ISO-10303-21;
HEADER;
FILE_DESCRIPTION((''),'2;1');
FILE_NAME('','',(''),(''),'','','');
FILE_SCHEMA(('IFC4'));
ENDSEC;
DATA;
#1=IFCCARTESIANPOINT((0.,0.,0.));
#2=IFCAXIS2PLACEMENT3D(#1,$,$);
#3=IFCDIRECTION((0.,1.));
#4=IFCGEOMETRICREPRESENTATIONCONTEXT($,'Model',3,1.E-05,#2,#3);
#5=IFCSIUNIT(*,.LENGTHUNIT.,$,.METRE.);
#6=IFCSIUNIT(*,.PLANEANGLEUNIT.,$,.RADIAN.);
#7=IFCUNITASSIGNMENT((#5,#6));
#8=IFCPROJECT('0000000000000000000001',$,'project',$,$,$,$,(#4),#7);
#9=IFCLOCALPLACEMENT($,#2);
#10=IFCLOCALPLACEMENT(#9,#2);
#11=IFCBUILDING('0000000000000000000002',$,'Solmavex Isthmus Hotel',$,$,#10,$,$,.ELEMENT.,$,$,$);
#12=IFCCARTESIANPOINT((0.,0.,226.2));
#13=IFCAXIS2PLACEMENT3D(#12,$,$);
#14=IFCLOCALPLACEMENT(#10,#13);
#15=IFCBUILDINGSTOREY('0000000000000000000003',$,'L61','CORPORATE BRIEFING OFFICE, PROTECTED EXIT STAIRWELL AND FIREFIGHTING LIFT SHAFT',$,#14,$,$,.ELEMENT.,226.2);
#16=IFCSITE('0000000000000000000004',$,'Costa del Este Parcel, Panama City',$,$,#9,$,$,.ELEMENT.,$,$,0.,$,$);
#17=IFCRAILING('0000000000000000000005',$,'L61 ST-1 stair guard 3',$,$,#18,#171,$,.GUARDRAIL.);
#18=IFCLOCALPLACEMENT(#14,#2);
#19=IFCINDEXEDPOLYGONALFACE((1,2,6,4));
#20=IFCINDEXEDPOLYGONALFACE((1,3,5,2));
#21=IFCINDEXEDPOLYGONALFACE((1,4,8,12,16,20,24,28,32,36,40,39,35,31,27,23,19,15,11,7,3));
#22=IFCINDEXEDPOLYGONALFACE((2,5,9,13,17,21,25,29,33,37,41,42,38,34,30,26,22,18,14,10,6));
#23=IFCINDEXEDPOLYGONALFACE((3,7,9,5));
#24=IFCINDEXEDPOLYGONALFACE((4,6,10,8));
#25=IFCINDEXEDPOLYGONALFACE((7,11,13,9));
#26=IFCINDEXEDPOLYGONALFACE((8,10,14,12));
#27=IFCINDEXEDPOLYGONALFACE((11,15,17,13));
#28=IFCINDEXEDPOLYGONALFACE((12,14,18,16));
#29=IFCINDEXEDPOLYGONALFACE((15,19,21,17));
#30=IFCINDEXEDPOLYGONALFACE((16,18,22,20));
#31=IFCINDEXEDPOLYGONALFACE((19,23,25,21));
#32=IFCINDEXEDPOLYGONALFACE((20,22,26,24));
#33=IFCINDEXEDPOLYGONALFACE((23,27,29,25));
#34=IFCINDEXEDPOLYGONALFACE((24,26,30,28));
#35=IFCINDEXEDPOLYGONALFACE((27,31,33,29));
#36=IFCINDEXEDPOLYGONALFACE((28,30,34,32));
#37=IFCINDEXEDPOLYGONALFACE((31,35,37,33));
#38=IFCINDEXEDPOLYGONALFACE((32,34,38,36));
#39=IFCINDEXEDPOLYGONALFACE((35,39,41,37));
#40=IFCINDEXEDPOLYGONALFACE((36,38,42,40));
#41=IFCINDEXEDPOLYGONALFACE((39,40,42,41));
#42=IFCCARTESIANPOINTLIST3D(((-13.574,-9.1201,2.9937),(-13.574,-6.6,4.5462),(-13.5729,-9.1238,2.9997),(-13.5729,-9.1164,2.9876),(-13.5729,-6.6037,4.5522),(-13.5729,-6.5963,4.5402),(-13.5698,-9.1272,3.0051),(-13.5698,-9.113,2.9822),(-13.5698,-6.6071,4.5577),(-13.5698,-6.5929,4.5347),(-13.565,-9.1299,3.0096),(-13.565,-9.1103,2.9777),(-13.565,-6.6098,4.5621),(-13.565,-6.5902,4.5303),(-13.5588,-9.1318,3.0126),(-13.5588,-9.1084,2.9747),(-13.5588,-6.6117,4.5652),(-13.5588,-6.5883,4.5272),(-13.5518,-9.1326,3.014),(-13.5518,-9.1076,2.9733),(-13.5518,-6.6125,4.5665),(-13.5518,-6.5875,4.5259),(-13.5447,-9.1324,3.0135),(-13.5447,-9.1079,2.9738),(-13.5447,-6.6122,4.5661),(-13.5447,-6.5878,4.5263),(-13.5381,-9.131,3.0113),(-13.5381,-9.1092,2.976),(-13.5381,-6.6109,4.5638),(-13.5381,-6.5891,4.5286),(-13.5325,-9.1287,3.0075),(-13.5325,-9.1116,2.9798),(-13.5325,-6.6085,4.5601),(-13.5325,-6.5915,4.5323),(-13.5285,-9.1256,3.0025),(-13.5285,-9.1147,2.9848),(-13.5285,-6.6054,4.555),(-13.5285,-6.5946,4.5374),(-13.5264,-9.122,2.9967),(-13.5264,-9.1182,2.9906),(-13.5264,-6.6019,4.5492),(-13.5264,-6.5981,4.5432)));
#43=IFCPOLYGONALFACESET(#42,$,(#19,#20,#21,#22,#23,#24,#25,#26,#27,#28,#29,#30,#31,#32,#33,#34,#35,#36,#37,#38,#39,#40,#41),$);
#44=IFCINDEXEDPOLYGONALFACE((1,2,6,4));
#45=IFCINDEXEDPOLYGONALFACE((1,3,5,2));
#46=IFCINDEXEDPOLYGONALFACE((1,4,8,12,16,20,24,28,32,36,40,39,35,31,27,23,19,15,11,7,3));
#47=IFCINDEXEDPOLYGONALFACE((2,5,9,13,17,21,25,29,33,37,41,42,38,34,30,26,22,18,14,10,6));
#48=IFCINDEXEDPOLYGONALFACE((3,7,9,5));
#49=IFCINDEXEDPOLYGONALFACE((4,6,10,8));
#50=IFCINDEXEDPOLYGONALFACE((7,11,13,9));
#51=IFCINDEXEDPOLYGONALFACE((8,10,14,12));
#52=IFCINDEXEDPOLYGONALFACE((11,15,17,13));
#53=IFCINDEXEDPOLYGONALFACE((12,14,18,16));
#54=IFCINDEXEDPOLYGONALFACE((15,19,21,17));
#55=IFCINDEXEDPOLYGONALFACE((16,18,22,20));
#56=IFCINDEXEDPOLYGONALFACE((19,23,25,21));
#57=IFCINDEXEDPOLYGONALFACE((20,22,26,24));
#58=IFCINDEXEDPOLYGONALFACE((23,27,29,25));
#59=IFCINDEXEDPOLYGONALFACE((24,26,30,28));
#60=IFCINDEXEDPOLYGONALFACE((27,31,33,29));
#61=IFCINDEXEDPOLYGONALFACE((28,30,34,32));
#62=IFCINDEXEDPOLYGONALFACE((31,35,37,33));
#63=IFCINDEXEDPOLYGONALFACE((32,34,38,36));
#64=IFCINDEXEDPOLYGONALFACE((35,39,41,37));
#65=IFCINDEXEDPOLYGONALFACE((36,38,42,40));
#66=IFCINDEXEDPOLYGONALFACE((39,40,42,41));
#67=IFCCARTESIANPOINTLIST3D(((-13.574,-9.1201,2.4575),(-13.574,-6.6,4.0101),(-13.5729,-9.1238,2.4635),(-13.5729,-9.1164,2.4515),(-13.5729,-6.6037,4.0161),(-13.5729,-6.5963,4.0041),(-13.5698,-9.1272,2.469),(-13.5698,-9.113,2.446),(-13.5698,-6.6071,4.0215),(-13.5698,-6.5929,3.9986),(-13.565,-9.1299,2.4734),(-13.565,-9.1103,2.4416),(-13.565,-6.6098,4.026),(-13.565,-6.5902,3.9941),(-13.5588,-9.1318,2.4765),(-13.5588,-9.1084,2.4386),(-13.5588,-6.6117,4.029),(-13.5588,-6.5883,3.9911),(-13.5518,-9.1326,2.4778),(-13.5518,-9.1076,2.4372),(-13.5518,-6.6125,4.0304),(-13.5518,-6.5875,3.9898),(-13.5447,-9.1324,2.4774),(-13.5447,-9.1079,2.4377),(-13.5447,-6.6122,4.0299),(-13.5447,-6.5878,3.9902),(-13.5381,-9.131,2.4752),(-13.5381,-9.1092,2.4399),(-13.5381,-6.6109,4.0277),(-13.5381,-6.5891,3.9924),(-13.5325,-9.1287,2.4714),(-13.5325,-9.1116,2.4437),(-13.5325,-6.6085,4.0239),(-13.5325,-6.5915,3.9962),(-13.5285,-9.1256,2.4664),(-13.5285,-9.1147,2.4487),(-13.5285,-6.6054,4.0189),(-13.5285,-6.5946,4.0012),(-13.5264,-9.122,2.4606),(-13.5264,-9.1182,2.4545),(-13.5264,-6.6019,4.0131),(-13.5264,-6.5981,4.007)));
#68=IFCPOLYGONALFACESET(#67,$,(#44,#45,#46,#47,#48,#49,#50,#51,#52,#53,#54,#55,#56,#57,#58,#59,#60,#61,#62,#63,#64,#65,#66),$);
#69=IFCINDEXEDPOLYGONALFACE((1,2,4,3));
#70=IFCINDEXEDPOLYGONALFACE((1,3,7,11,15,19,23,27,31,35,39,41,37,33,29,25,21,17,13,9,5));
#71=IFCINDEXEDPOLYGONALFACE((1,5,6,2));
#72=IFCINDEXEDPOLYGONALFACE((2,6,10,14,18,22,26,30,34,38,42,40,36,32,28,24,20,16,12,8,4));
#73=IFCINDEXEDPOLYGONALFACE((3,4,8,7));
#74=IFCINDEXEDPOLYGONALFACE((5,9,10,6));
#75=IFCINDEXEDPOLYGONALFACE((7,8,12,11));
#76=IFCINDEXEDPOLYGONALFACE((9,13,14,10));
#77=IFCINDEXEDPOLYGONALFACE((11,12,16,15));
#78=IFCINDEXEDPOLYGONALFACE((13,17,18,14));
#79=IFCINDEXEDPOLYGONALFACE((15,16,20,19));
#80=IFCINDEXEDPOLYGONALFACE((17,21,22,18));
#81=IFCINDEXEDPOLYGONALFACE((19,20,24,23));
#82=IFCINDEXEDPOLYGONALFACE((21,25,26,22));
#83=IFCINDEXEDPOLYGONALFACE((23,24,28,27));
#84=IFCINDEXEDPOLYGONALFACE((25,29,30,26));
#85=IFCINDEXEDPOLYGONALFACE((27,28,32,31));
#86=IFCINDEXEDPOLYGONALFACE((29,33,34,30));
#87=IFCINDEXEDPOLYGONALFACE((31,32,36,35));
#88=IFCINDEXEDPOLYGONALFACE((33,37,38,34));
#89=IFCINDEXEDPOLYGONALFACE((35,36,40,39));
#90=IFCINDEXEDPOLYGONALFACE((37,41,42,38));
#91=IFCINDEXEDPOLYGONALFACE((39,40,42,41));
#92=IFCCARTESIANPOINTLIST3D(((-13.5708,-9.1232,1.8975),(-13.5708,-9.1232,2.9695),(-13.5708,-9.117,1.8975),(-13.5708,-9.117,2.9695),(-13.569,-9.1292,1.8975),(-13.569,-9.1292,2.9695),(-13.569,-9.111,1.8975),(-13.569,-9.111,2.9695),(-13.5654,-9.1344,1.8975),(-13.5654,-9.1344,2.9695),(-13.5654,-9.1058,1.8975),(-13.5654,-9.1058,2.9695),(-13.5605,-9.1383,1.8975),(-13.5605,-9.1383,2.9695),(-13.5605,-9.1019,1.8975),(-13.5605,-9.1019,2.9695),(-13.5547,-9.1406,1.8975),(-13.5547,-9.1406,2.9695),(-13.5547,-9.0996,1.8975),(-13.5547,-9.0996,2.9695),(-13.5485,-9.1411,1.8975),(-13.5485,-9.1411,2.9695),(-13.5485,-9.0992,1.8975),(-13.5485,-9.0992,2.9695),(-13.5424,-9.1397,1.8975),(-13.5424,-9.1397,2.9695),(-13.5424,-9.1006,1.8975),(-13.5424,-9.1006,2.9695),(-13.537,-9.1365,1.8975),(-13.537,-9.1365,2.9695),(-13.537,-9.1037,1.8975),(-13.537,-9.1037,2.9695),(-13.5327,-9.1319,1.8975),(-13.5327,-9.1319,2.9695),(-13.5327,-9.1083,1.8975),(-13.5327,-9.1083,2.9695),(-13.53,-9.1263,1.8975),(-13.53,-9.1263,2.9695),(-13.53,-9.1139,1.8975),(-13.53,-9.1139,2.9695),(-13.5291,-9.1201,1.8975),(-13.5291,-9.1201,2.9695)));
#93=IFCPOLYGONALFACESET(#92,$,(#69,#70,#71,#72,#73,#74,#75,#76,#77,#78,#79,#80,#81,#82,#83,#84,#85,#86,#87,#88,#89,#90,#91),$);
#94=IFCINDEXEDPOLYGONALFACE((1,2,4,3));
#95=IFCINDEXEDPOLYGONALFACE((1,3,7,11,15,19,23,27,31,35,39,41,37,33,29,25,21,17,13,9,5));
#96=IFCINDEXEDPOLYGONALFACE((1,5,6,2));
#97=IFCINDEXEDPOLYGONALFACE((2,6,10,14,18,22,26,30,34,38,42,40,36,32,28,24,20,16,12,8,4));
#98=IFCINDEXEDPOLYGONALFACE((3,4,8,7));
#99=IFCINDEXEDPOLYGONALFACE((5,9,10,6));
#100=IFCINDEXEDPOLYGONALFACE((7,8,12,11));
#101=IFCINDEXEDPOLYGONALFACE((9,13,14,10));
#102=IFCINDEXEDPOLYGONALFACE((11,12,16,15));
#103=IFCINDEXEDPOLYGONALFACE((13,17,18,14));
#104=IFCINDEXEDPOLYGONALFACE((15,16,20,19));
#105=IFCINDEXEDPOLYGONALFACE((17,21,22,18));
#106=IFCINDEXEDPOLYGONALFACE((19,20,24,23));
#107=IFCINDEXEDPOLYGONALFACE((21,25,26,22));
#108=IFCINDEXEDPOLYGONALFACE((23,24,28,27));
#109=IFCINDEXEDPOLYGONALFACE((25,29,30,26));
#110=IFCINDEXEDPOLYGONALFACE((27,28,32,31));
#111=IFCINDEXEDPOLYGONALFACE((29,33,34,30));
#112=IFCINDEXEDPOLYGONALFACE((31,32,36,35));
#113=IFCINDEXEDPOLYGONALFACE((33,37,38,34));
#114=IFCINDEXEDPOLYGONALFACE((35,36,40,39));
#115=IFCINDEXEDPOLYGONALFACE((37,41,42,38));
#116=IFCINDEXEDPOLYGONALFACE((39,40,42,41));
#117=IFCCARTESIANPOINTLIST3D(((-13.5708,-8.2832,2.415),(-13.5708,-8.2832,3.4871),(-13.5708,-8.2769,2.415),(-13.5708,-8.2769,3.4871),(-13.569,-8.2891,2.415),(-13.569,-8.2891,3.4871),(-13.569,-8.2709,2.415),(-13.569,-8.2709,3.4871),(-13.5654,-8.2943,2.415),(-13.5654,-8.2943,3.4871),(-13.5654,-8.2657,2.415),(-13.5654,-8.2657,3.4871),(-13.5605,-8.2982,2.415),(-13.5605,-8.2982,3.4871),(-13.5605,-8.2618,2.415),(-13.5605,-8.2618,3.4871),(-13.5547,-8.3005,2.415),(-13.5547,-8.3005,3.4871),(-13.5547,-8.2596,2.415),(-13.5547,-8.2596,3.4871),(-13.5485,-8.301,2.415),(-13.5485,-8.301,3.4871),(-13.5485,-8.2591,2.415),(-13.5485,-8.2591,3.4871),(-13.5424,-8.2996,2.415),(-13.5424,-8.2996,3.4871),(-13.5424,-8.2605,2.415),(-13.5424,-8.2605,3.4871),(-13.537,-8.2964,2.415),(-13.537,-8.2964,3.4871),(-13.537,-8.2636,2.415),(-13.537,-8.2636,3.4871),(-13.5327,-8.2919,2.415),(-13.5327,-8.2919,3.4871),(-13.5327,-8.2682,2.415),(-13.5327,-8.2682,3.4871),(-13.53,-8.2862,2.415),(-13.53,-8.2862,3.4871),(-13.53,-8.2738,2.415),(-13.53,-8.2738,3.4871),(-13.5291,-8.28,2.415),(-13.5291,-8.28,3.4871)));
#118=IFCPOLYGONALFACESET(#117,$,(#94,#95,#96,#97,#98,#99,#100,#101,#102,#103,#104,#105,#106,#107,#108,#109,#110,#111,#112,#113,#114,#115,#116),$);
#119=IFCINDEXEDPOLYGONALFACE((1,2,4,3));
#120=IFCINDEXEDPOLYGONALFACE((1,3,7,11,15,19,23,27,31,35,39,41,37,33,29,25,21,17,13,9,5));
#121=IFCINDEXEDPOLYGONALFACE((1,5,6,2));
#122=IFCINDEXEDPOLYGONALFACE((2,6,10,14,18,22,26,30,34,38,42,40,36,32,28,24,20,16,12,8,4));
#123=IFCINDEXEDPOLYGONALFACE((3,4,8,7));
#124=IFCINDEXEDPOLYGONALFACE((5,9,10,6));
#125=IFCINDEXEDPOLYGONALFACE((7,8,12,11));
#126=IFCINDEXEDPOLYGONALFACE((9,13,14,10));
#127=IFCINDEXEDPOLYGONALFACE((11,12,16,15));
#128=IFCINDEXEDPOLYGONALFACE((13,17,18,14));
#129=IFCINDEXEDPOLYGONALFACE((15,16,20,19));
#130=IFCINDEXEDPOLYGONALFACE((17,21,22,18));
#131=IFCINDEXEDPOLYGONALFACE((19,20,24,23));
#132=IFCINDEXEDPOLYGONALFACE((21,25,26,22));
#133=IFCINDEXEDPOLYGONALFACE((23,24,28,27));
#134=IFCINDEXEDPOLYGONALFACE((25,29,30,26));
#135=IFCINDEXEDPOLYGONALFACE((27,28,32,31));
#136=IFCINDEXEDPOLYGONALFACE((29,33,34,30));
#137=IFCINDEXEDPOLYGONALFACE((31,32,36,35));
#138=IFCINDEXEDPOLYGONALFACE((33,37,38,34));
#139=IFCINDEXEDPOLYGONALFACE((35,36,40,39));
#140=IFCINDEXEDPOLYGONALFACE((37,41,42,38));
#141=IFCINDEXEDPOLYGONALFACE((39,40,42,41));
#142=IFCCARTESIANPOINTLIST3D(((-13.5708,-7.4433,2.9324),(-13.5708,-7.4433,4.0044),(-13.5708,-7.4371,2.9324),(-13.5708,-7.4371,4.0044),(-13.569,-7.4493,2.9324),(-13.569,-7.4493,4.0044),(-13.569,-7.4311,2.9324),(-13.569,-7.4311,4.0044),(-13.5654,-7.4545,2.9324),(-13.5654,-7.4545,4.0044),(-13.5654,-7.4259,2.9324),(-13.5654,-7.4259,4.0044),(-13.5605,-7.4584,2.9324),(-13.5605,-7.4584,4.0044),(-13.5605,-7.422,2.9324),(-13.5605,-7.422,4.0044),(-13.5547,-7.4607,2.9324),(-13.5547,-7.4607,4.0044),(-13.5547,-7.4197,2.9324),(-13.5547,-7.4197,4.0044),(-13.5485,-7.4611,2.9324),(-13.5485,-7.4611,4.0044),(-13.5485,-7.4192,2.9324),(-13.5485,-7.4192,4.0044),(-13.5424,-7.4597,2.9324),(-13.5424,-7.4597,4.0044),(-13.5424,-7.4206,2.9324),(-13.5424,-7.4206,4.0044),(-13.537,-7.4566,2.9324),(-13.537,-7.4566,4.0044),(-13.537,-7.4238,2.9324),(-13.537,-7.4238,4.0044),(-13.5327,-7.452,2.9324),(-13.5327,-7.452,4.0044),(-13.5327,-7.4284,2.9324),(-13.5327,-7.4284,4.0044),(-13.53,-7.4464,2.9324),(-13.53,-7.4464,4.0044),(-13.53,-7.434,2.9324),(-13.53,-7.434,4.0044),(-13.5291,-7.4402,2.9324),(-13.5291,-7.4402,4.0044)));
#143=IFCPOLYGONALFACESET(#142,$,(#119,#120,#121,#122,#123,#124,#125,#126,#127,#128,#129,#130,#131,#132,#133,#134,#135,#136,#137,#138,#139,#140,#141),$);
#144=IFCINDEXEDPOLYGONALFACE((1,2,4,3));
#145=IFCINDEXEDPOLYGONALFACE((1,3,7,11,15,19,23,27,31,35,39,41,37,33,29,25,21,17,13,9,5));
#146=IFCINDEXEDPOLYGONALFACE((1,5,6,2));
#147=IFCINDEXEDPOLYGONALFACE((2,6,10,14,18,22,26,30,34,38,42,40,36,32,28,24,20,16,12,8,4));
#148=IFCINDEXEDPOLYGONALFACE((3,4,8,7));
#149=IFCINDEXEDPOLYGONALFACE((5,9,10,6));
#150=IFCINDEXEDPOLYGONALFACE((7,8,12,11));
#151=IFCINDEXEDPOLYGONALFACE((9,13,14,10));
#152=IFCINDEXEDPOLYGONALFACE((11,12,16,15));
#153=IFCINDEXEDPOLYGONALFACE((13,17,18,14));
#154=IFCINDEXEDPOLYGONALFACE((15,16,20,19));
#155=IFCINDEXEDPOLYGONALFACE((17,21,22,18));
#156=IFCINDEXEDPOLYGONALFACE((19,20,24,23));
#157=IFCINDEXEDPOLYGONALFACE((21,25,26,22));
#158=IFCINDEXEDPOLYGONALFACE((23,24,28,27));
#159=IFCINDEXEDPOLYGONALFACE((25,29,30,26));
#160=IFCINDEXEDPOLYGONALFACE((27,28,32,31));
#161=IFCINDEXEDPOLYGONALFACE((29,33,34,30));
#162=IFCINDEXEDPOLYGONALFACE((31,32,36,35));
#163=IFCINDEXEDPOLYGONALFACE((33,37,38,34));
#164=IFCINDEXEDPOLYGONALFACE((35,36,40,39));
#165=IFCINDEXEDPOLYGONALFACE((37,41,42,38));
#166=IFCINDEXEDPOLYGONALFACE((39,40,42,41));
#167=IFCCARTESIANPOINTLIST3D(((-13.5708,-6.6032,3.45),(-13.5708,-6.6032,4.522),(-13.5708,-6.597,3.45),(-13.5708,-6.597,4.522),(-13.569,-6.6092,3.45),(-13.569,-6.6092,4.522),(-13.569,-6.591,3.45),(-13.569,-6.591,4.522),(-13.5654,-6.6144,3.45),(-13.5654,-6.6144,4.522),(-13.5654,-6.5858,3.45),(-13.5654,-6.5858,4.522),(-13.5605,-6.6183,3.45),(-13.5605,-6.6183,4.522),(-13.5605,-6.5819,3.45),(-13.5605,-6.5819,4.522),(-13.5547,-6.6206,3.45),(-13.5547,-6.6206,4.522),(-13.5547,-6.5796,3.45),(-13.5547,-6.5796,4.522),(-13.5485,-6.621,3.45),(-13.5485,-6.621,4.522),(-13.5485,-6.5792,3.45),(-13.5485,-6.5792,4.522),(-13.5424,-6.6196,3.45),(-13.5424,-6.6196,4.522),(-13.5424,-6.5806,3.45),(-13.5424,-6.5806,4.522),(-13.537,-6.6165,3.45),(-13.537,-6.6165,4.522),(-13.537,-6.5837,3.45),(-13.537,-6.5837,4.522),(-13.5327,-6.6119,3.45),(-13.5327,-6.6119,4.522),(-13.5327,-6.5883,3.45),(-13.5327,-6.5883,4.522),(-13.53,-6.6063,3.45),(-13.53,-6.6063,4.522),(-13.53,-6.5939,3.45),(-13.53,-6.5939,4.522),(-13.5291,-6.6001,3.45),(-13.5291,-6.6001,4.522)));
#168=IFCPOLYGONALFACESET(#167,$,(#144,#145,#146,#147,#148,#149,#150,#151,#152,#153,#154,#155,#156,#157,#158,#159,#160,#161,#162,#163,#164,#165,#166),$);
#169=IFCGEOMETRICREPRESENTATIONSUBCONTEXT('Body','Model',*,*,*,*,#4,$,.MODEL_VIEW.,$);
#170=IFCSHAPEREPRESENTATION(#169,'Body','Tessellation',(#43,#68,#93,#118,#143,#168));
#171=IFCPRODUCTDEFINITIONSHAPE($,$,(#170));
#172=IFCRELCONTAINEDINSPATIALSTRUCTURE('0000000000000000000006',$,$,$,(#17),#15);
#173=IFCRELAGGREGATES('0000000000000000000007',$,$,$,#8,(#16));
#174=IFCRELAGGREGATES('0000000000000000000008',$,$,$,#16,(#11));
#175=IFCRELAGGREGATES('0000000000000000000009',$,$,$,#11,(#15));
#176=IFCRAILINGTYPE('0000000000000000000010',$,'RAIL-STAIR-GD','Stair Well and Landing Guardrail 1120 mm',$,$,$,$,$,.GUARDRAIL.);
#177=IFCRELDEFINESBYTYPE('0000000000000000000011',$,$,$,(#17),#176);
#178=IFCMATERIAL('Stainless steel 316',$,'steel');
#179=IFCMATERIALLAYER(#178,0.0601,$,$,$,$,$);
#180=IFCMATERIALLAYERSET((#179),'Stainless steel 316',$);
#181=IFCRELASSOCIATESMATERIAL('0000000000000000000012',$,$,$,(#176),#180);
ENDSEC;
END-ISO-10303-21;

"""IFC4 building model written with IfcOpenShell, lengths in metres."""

from ifc_helpers import new_model, si_unit, direction, frame, origin, origin_2d, place, context, subcontext, project, spatial, circle, extrude, material, layer, layer_set, type_object, element, save


model = new_model("IFC4")

# Units and contexts
model_context = context("Model", 3, precision=1e-05, world=origin(), true_north=direction((0.0, 1.0)))
body_context = subcontext(model_context, "Body", "Model", "MODEL_VIEW")
ifc_project = project(units=[si_unit("LENGTHUNIT", "METRE"), si_unit("PLANEANGLEUNIT", "RADIAN")], contexts=[model_context])

# Site, building, storey
site_placement = place(None, origin())
site = spatial("IfcSite", under=ifc_project, at=site_placement, Name="Costa del Este Parcel, Panama City", CompositionType="ELEMENT", RefElevation=0.0)
building_placement = place(site_placement, origin())
building = spatial("IfcBuilding", under=site, at=building_placement, Name="Solmavex Isthmus Hotel", CompositionType="ELEMENT")
storey_placement = place(building_placement, frame((0.0, 0.0, 226.2)))
storey = spatial("IfcBuildingStorey", under=building, at=storey_placement, Name="L61", Description="CORPORATE BRIEFING OFFICE, PROTECTED EXIT STAIRWELL AND FIREFIGHTING LIFT SHAFT", CompositionType="ELEMENT", Elevation=226.2)

# Shared definitions
ifc_material_1 = material(Name="Stainless steel 316", Category="steel")

# Railing
ifc_layer_1 = layer(ifc_material_1, 0.0601)
ifc_layer_set_1 = layer_set([ifc_layer_1], Name="Stainless steel 316")
railing_type_1 = type_object("IfcRailingType", Name="RAIL-STAIR-GD", Description="Stair Well and Landing Guardrail 1120 mm", PredefinedType="GUARDRAIL", material=ifc_layer_set_1)
railing_1_placement = place(storey_placement, frame((-13.55, -9.1201, 1.8975)))
element("IfcRailing", 1, at=railing_1_placement, inside=storey, type_object=railing_type_1, Name="L61 ST-1 stair guard 3", PredefinedType="GUARDRAIL", context=body_context, shape_type="SweptSolid", body=[
    extrude(circle(Radius=0.0239, at=origin_2d()), frame((0.0, 0.0, 1.0962), z_axis=(0.0, 0.8514, 0.524516), x_axis=(-1.0, 0.0, 0.0)), (0.0, 0.0, 1.0), 2.96),
    extrude(circle(Radius=0.0239, at=origin_2d()), frame((0.0, 0.0, 0.5601), z_axis=(0.0, 0.8514, 0.524516), x_axis=(-1.0, 0.0, 0.0)), (0.0, 0.0, 1.0), 2.96),
    extrude(circle(Radius=0.021, at=origin_2d()), origin(), (0.0, 0.0, 1.0), 1.072),
    extrude(circle(Radius=0.021, at=origin_2d()), frame((0.0, 0.8401, 0.5176)), (0.0, 0.0, 1.0), 1.072),
    extrude(circle(Radius=0.021, at=origin_2d()), frame((0.0, 1.6799, 1.0349)), (0.0, 0.0, 1.0), 1.072),
    extrude(circle(Radius=0.021, at=origin_2d()), frame((0.0, 2.52, 1.5525)), (0.0, 0.0, 1.0), 1.072),
])

save(model, "model.ifc")
